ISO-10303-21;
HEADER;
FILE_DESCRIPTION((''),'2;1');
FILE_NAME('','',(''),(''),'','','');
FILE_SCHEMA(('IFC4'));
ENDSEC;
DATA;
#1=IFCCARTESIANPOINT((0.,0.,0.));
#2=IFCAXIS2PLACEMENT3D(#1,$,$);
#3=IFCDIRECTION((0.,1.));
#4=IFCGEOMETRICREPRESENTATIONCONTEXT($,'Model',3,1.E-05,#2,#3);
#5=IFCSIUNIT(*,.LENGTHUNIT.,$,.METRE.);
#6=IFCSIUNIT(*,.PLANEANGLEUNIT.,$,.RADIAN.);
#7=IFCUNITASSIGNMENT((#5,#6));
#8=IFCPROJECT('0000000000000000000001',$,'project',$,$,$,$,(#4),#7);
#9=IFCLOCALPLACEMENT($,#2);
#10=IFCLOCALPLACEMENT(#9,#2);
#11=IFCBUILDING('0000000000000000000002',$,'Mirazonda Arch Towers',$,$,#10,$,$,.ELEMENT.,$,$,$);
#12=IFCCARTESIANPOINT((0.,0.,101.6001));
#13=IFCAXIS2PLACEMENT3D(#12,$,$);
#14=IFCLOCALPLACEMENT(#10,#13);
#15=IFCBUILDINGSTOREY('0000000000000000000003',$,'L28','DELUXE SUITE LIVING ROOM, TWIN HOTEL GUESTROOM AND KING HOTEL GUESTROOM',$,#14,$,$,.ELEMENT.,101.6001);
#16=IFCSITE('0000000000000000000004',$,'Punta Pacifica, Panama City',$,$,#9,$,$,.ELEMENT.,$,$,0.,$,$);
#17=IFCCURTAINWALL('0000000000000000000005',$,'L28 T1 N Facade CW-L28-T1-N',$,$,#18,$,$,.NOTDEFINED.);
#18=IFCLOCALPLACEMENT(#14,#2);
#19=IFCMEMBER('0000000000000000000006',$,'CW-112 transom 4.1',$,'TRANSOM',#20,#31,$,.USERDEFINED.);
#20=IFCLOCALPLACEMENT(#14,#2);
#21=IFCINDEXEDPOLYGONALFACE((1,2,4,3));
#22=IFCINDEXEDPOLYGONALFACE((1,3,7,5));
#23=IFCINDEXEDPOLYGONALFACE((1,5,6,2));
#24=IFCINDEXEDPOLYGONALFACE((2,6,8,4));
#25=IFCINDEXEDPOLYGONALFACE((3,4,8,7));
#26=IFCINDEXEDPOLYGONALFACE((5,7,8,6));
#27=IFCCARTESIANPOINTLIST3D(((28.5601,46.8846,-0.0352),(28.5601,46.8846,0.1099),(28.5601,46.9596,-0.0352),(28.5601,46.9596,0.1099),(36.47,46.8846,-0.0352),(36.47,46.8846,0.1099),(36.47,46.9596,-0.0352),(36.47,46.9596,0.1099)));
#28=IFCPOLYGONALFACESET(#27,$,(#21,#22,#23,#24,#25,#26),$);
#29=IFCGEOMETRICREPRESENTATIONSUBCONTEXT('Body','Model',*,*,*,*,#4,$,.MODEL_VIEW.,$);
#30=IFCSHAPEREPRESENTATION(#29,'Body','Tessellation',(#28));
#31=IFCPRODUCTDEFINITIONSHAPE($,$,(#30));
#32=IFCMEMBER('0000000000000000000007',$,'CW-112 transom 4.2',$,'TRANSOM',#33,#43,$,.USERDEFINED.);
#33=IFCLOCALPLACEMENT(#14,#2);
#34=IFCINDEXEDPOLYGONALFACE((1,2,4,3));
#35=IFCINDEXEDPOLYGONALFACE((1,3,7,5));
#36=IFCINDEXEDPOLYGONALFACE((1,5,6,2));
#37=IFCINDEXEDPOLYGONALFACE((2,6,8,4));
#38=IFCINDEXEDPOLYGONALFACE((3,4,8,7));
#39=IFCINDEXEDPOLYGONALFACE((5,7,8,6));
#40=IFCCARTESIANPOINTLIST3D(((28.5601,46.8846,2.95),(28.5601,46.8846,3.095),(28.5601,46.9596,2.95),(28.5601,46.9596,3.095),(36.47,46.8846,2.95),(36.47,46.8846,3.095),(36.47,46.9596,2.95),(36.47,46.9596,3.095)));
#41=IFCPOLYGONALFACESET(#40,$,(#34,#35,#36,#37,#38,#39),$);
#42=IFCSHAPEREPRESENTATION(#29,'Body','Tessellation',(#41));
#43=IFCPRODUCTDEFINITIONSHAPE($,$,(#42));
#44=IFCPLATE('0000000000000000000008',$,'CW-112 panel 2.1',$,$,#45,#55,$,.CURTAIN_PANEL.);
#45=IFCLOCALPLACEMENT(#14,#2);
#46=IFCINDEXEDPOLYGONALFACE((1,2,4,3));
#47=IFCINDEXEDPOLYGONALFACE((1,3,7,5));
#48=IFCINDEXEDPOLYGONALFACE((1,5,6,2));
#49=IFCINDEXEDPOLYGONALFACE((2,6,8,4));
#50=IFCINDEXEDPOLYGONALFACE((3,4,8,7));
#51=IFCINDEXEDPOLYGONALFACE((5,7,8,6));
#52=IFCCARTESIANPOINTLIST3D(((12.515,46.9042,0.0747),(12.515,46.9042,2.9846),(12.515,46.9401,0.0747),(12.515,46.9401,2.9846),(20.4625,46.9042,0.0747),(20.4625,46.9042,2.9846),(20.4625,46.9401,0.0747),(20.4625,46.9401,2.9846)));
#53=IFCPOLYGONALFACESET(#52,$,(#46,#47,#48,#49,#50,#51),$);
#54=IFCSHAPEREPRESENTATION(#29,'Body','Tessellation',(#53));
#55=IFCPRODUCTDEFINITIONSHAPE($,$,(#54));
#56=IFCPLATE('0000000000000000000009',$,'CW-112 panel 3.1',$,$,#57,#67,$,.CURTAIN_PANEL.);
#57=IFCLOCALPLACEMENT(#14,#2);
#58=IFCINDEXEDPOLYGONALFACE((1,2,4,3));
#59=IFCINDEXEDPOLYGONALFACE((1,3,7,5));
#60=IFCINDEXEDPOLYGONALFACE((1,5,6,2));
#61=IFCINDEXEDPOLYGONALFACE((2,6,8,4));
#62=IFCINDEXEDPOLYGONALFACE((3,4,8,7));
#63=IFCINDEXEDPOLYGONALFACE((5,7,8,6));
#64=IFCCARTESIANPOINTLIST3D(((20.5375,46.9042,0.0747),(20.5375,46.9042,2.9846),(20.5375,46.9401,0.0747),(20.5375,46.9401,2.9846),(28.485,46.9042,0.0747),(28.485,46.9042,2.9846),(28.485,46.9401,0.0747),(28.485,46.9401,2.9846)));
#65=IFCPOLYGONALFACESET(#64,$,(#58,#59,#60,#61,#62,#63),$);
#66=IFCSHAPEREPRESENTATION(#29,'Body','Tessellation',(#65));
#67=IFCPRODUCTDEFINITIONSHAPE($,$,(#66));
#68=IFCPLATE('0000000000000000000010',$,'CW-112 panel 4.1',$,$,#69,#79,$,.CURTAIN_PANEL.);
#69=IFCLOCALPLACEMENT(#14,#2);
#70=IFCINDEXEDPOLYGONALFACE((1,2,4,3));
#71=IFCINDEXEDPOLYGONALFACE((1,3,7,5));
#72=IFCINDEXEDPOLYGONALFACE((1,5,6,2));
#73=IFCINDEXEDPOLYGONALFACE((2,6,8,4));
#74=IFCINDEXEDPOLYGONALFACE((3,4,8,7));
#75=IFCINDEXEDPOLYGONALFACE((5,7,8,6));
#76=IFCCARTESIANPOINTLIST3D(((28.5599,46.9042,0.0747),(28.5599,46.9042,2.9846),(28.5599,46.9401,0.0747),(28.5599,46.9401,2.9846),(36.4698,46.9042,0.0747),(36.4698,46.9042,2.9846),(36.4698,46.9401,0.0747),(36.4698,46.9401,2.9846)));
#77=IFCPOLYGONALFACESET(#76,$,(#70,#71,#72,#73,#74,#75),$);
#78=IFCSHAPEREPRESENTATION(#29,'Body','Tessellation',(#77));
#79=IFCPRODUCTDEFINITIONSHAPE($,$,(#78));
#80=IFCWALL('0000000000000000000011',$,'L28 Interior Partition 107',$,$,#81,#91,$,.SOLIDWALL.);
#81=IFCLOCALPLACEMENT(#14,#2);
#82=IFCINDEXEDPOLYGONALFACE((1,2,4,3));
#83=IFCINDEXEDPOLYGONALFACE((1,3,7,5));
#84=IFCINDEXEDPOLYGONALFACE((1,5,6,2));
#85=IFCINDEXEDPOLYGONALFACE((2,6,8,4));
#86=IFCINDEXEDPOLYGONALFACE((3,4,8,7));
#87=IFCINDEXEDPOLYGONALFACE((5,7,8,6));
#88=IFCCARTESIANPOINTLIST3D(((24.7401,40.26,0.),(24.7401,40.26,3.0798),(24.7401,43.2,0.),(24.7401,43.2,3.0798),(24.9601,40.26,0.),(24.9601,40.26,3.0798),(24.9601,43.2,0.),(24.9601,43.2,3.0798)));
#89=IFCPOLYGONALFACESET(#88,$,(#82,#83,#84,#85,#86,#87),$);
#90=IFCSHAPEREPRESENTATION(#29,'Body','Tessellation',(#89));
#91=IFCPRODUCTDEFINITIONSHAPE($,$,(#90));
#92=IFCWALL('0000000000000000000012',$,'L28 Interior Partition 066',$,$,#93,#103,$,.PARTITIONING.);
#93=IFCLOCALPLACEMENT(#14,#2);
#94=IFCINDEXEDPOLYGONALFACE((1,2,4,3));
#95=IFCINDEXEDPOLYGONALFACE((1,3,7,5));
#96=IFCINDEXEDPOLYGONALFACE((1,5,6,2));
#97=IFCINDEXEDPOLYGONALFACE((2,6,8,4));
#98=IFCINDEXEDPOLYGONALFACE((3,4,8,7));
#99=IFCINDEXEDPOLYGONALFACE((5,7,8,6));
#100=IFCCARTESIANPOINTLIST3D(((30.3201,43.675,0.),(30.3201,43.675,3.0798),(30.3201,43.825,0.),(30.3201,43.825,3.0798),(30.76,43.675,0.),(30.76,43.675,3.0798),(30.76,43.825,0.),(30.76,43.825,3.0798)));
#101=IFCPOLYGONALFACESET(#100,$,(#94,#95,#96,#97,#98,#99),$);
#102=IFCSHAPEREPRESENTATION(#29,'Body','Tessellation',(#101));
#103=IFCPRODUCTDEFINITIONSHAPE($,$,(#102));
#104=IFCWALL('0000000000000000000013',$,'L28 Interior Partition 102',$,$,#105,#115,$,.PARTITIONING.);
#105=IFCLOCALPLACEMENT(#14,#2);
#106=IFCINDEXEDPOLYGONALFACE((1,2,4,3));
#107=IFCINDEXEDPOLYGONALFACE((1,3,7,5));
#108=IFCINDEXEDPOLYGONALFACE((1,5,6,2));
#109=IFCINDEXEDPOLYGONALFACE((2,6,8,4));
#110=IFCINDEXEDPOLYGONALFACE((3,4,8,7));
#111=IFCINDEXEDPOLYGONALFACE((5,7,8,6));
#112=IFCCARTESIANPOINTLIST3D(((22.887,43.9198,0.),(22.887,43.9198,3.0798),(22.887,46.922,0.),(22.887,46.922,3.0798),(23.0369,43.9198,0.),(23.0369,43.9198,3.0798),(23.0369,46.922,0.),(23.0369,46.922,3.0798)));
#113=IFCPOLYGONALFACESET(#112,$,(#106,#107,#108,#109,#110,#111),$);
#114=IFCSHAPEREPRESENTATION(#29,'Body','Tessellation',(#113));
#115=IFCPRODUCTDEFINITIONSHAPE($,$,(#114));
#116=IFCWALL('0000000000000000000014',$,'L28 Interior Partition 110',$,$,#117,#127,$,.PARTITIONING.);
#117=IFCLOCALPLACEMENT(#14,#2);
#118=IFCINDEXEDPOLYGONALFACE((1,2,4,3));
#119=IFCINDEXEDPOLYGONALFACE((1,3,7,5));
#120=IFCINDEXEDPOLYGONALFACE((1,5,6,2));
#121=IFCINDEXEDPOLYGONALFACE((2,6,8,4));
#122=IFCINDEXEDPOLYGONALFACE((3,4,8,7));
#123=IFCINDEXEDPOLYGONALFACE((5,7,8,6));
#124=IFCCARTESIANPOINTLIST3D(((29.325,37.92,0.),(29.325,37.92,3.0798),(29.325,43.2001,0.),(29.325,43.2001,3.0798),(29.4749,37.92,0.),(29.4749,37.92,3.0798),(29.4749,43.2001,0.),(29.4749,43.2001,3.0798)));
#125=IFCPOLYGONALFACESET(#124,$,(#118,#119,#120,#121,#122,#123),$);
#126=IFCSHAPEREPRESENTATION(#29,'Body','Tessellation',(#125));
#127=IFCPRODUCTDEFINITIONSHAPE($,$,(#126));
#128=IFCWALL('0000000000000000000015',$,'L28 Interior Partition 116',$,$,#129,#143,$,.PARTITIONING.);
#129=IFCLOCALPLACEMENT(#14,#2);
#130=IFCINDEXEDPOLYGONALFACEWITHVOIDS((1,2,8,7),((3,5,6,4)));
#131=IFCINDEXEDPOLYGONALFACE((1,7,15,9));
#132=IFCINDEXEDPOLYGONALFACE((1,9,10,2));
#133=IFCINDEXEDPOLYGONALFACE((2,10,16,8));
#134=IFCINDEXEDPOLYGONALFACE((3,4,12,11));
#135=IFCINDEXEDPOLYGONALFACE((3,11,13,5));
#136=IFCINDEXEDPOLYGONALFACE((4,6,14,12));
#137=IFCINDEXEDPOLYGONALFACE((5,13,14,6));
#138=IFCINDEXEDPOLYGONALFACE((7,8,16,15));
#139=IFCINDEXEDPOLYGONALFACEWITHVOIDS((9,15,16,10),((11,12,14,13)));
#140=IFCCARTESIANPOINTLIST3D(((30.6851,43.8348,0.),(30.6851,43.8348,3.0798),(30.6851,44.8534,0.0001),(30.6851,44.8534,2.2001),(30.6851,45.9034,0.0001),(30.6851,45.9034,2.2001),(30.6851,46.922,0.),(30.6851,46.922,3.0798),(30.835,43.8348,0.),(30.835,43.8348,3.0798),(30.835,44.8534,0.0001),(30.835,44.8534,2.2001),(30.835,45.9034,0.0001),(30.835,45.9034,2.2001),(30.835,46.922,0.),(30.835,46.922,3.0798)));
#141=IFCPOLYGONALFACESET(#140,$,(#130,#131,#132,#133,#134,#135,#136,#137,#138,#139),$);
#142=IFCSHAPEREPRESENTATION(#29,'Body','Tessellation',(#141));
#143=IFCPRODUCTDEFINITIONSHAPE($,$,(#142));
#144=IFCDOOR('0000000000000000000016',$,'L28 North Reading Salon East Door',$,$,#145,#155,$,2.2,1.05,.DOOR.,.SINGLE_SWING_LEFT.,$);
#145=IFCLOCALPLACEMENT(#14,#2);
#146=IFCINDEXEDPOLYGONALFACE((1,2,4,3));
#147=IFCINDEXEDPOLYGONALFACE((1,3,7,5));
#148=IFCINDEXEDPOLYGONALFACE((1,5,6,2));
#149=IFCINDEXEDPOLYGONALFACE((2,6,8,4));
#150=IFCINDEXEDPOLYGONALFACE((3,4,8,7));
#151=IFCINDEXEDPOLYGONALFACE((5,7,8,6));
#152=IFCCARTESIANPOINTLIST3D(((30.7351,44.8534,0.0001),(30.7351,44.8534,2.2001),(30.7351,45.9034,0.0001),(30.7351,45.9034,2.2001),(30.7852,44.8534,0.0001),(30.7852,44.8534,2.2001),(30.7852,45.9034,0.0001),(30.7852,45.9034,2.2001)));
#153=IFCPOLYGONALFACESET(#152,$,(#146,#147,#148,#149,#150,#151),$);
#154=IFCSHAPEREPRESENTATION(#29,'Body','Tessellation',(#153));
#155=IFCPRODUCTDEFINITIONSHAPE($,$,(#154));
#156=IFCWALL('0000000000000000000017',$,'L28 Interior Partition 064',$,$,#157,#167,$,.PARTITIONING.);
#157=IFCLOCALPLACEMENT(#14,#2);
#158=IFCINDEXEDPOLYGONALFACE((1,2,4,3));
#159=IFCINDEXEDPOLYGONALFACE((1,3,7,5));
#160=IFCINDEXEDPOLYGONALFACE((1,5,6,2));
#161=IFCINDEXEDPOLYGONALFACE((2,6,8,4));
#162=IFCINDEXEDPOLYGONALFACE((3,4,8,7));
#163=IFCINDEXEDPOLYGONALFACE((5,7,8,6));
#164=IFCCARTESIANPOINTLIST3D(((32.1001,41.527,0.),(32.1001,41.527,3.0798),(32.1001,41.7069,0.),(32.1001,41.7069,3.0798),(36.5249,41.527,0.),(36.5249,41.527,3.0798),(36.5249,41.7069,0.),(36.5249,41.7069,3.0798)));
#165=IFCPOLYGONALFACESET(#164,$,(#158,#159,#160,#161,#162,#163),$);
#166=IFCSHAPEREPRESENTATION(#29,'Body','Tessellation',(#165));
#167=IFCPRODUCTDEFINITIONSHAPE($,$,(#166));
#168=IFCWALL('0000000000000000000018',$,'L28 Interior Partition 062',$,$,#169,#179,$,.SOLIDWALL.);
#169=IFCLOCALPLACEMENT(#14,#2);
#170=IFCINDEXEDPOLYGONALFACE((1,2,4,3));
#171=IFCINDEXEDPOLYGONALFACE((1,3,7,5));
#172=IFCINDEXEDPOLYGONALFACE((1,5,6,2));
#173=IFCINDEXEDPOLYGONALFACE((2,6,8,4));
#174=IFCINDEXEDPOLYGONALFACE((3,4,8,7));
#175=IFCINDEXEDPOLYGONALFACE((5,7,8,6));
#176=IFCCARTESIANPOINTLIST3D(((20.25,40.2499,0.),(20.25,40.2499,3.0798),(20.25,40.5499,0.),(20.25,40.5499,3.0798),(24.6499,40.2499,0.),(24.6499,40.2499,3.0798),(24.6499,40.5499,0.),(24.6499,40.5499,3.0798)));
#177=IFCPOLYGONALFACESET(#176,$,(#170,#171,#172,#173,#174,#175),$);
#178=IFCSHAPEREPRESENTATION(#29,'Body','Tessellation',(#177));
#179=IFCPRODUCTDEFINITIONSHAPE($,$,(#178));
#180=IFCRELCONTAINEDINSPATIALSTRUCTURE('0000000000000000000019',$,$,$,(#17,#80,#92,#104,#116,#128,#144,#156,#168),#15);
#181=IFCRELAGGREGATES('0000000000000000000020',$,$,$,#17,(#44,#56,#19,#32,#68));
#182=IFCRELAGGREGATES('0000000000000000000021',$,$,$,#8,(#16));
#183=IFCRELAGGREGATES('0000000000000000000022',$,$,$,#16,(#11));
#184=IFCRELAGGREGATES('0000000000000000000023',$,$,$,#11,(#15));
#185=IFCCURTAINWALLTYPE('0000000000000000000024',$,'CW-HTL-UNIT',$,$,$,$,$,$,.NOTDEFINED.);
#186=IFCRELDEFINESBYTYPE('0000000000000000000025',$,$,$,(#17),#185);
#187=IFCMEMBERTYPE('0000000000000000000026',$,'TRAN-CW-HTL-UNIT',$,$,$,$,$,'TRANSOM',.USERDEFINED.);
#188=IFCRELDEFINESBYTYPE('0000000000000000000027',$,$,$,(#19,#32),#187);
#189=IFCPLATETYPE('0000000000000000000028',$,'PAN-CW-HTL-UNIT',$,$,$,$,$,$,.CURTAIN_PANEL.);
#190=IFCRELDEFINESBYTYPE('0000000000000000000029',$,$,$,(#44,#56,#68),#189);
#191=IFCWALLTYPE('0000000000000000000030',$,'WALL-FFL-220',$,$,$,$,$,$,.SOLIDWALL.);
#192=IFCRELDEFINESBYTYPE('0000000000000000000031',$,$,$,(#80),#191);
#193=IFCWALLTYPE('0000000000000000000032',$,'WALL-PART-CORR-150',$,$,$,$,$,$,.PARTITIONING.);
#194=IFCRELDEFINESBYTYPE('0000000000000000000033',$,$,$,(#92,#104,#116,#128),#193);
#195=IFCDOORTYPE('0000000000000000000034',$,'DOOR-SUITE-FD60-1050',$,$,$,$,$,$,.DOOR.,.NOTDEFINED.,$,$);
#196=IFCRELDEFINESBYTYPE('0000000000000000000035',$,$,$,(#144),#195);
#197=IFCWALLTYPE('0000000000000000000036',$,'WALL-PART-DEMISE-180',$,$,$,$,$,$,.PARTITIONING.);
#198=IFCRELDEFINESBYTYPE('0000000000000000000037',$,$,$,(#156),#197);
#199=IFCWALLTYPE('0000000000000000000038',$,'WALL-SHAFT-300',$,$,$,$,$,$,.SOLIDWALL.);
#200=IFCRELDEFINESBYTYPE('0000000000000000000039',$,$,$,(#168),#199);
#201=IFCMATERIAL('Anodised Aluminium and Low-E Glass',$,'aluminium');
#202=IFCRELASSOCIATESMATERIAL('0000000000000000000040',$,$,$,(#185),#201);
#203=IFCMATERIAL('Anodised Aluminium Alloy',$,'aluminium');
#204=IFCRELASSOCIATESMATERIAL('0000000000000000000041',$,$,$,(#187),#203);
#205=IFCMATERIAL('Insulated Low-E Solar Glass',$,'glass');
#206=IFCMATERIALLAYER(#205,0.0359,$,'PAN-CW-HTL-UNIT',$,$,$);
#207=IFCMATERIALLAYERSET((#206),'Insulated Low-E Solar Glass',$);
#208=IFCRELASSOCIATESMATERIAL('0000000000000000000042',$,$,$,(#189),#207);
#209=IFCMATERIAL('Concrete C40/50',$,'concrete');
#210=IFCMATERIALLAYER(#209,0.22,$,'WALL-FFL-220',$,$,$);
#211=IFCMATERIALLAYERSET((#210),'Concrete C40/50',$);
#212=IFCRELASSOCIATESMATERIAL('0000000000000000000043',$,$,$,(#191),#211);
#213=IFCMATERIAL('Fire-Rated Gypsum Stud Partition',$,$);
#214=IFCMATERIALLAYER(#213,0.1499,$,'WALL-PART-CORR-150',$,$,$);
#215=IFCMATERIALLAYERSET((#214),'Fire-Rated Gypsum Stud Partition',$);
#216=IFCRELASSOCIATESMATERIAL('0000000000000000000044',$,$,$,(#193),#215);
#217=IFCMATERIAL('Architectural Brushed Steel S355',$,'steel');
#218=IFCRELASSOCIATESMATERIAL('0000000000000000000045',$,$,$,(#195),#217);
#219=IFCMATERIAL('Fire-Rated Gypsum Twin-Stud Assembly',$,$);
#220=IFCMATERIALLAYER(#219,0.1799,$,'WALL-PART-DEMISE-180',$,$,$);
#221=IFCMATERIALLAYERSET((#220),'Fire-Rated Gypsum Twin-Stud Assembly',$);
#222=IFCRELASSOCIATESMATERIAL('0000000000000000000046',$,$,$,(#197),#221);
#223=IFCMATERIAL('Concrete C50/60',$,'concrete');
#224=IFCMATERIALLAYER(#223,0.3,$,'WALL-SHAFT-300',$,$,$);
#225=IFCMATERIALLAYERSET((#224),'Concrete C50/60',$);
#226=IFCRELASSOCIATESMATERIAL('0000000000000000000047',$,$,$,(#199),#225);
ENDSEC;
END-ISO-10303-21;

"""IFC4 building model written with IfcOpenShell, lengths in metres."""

from ifc_helpers import new_model, si_unit, direction, frame, frame_2d, origin, origin_2d, place, context, subcontext, project, spatial, rectangle, extrude, material, layer, layer_set, material_profile, profile_set, type_object, element, fill, aggregate, save


model = new_model("IFC4")

# Units and contexts
model_context = context("Model", 3, precision=1e-05, world=origin(), true_north=direction((0.0, 1.0)))
body_context = subcontext(model_context, "Body", "Model", "MODEL_VIEW")
ifc_project = project(units=[si_unit("LENGTHUNIT", "METRE"), si_unit("PLANEANGLEUNIT", "RADIAN")], contexts=[model_context])

# Site, building, storey
site_placement = place(None, origin())
site = spatial("IfcSite", under=ifc_project, at=site_placement, Name="Punta Pacifica, Panama City", CompositionType="ELEMENT", RefElevation=0.0)
building_placement = place(site_placement, origin())
building = spatial("IfcBuilding", under=site, at=building_placement, Name="Mirazonda Arch Towers", CompositionType="ELEMENT")
storey_placement = place(building_placement, frame((0.0, 0.0, 101.6001)))
storey = spatial("IfcBuildingStorey", under=building, at=storey_placement, Name="L28", Description="DELUXE SUITE LIVING ROOM, TWIN HOTEL GUESTROOM AND KING HOTEL GUESTROOM", CompositionType="ELEMENT", Elevation=101.6001)

# Shared definitions
ifc_material_1 = material(Name="Concrete C50/60", Category="concrete")

# Curtain wall, members, plates
ifc_material_2 = material(Name="Anodised Aluminium and Low-E Glass", Category="aluminium")
curtain_wall_type = type_object("IfcCurtainWallType", Name="CW-HTL-UNIT", PredefinedType="NOTDEFINED", material=ifc_material_2)
curtain_wall_placement = place(storey_placement, origin())
curtain_wall = element("IfcCurtainWall", 1, at=curtain_wall_placement, inside=storey, type_object=curtain_wall_type, Name="L28 T1 N Facade CW-L28-T1-N", PredefinedType="NOTDEFINED")
ifc_material_3 = material(Name="Anodised Aluminium Alloy", Category="aluminium")
ifc_material_profile_1 = material_profile(ifc_material_3, rectangle(XDim=0.075, YDim=0.145, at=origin_2d()), Name="ALU-TRAN-75x145")
ifc_profile_set_1 = profile_set([ifc_material_profile_1], Name="Anodised Aluminium Alloy")
member_type_1 = type_object("IfcMemberType", Name="TRAN-CW-HTL-UNIT", ElementType="TRANSOM", PredefinedType="USERDEFINED", material=ifc_profile_set_1)
member_1_placement = place(storey_placement, frame((28.5601, 46.9221, 0.0374), z_axis=(1.0, 0.0, 0.0), x_axis=(0.0, 1.0, 0.0)))
member_1 = element("IfcMember", 2, at=member_1_placement, type_object=member_type_1, Name="CW-112 transom 4.1", ObjectType="TRANSOM", PredefinedType="USERDEFINED", context=body_context, shape_type="SweptSolid", body=[
    extrude(rectangle(XDim=0.075, YDim=0.145, at=origin_2d()), origin(), (0.0, 0.0, 1.0), 7.9099),
])
member_2_placement = place(storey_placement, frame((28.5601, 46.9221, 3.0225), z_axis=(1.0, 0.0, 0.0), x_axis=(0.0, 1.0, 0.0)))
member_2 = element("IfcMember", 3, at=member_2_placement, type_object=member_type_1, Name="CW-112 transom 4.2", ObjectType="TRANSOM", PredefinedType="USERDEFINED", context=body_context, shape_type="SweptSolid", body=[
    extrude(rectangle(XDim=0.075, YDim=0.145, at=origin_2d()), origin(), (0.0, 0.0, 1.0), 7.9099),
])
ifc_material_4 = material(Name="Insulated Low-E Solar Glass", Category="glass")
ifc_layer_1 = layer(ifc_material_4, 0.0359, Name="PAN-CW-HTL-UNIT")
ifc_layer_set_1 = layer_set([ifc_layer_1], Name="Insulated Low-E Solar Glass")
plate_type = type_object("IfcPlateType", Name="PAN-CW-HTL-UNIT", PredefinedType="CURTAIN_PANEL", material=ifc_layer_set_1)
plate_1_placement = place(storey_placement, frame((16.4888, 46.9221, 0.0747), z_axis=(0.0, 0.0, 1.0), x_axis=(1.0, 0.0, 0.0)))
plate_1 = element("IfcPlate", 4, at=plate_1_placement, type_object=plate_type, Name="CW-112 panel 2.1", PredefinedType="CURTAIN_PANEL", context=body_context, shape_type="SweptSolid", body=[
    extrude(rectangle(XDim=7.9475, YDim=0.0359, at=origin_2d()), origin(), (0.0, 0.0, 1.0), 2.9099),
])
plate_2_placement = place(storey_placement, frame((24.5112, 46.9221, 0.0747), z_axis=(0.0, 0.0, 1.0), x_axis=(1.0, 0.0, 0.0)))
plate_2 = element("IfcPlate", 5, at=plate_2_placement, type_object=plate_type, Name="CW-112 panel 3.1", PredefinedType="CURTAIN_PANEL", context=body_context, shape_type="SweptSolid", body=[
    extrude(rectangle(XDim=7.9475, YDim=0.0359, at=origin_2d()), origin(), (0.0, 0.0, 1.0), 2.9099),
])
plate_3_placement = place(storey_placement, frame((32.5149, 46.9221, 0.0747), z_axis=(0.0, 0.0, 1.0), x_axis=(1.0, 0.0, 0.0)))
plate_3 = element("IfcPlate", 6, at=plate_3_placement, type_object=plate_type, Name="CW-112 panel 4.1", PredefinedType="CURTAIN_PANEL", context=body_context, shape_type="SweptSolid", body=[
    extrude(rectangle(XDim=7.9099, YDim=0.0359, at=origin_2d()), origin(), (0.0, 0.0, 1.0), 2.9099),
])
aggregate(curtain_wall, [plate_1, plate_2, member_1, member_2, plate_3])

# Walls
ifc_material_5 = material(Name="Concrete C40/50", Category="concrete")
ifc_layer_2 = layer(ifc_material_5, 0.22, Name="WALL-FFL-220")
ifc_layer_set_2 = layer_set([ifc_layer_2], Name="Concrete C40/50")
wall_type_1 = type_object("IfcWallType", Name="WALL-FFL-220", PredefinedType="SOLIDWALL", material=ifc_layer_set_2)
wall_1_placement = place(storey_placement, frame((24.8501, 40.26, 0.0), z_axis=(0.0, 0.0, 1.0), x_axis=(0.0, 1.0, 0.0)))
element("IfcWall", 7, at=wall_1_placement, inside=storey, type_object=wall_type_1, Name="L28 Interior Partition 107", PredefinedType="SOLIDWALL", context=body_context, shape_type="SweptSolid", body=[
    extrude(rectangle(XDim=2.9399, YDim=0.22, at=frame_2d((1.47, 0.0))), origin(), (0.0, 0.0, 1.0), 3.0798),
])
ifc_material_6 = material(Name="Fire-Rated Gypsum Stud Partition")
ifc_layer_3 = layer(ifc_material_6, 0.1499, Name="WALL-PART-CORR-150")
ifc_layer_set_3 = layer_set([ifc_layer_3], Name="Fire-Rated Gypsum Stud Partition")
wall_type_2 = type_object("IfcWallType", Name="WALL-PART-CORR-150", PredefinedType="PARTITIONING", material=ifc_layer_set_3)
wall_2_placement = place(storey_placement, frame((30.3201, 43.75, 0.0), z_axis=(0.0, 0.0, 1.0), x_axis=(1.0, 0.0, 0.0)))
element("IfcWall", 8, at=wall_2_placement, inside=storey, type_object=wall_type_2, Name="L28 Interior Partition 066", PredefinedType="PARTITIONING", context=body_context, shape_type="SweptSolid", body=[
    extrude(rectangle(XDim=0.4399, YDim=0.1499, at=frame_2d((0.22, 0.0))), origin(), (0.0, 0.0, 1.0), 3.0798),
])
wall_3_placement = place(storey_placement, frame((22.9619, 43.9199, 0.0), z_axis=(0.0, 0.0, 1.0), x_axis=(0.0, 1.0, 0.0)))
element("IfcWall", 9, at=wall_3_placement, inside=storey, type_object=wall_type_2, Name="L28 Interior Partition 102", PredefinedType="PARTITIONING", context=body_context, shape_type="SweptSolid", body=[
    extrude(rectangle(XDim=3.0022, YDim=0.1499, at=frame_2d((1.501, 0.0))), origin(), (0.0, 0.0, 1.0), 3.0798),
])
wall_4_placement = place(storey_placement, frame((29.3999, 37.9199, 0.0), z_axis=(0.0, 0.0, 1.0), x_axis=(0.0, 1.0, 0.0)))
element("IfcWall", 10, at=wall_4_placement, inside=storey, type_object=wall_type_2, Name="L28 Interior Partition 110", PredefinedType="PARTITIONING", context=body_context, shape_type="SweptSolid", body=[
    extrude(rectangle(XDim=5.28, YDim=0.1499, at=frame_2d((2.6401, 0.0))), origin(), (0.0, 0.0, 1.0), 3.0798),
])

# Wall, opening, door
wall_5_placement = place(storey_placement, frame((30.76, 43.835, 0.0), z_axis=(0.0, 0.0, 1.0), x_axis=(0.0, 1.0, 0.0)))
wall_5 = element("IfcWall", 11, at=wall_5_placement, inside=storey, type_object=wall_type_2, Name="L28 Interior Partition 116", PredefinedType="PARTITIONING", context=body_context, shape_type="SweptSolid", body=[
    extrude(rectangle(XDim=3.0872, YDim=0.1499, at=frame_2d((1.5435, 0.0))), origin(), (0.0, 0.0, 1.0), 3.0798),
])
opening_1_placement = place(wall_5_placement, frame((1.0186, 0.0, 0.0)))
opening_1 = element("IfcOpeningElement", 12, at=opening_1_placement, cuts=wall_5, PredefinedType="OPENING", context=body_context, shape_type="SweptSolid", body=[
    extrude(rectangle(XDim=1.05, YDim=2.2, at=frame_2d((0.5249, 1.1001))), frame((0.0, 0.085, 0.0), z_axis=(0.0, -1.0, 0.0), x_axis=(1.0, 0.0, 0.0)), (0.0, 0.0, 1.0), 0.1699),
])
ifc_material_7 = material(Name="Architectural Brushed Steel S355", Category="steel")
door_type_1 = type_object("IfcDoorType", Name="DOOR-SUITE-FD60-1050", OperationType="NOTDEFINED", PredefinedType="DOOR", material=ifc_material_7)
door_1_placement = place(opening_1_placement, origin())
door_1 = element("IfcDoor", 13, at=door_1_placement, inside=storey, type_object=door_type_1, Name="L28 North Reading Salon East Door", OperationType="SINGLE_SWING_LEFT", OverallHeight=2.2, OverallWidth=1.05, PredefinedType="DOOR", context=body_context, shape_type="SweptSolid", body=[
    extrude(rectangle(XDim=1.05, YDim=2.2, at=frame_2d((0.5249, 1.1001))), frame((0.0, 0.0249, 0.0), z_axis=(0.0, -1.0, 0.0), x_axis=(1.0, 0.0, 0.0)), (0.0, 0.0, 1.0), 0.05),
])
fill(opening_1, door_1)

# Wall
ifc_material_8 = material(Name="Fire-Rated Gypsum Twin-Stud Assembly")
ifc_layer_4 = layer(ifc_material_8, 0.1799, Name="WALL-PART-DEMISE-180")
ifc_layer_set_4 = layer_set([ifc_layer_4], Name="Fire-Rated Gypsum Twin-Stud Assembly")
wall_type_3 = type_object("IfcWallType", Name="WALL-PART-DEMISE-180", PredefinedType="PARTITIONING", material=ifc_layer_set_4)
wall_6_placement = place(storey_placement, frame((32.1001, 41.6169, 0.0), z_axis=(0.0, 0.0, 1.0), x_axis=(1.0, 0.0, 0.0)))
element("IfcWall", 14, at=wall_6_placement, inside=storey, type_object=wall_type_3, Name="L28 Interior Partition 064", PredefinedType="PARTITIONING", context=body_context, shape_type="SweptSolid", body=[
    extrude(rectangle(XDim=4.4248, YDim=0.1799, at=frame_2d((2.2124, 0.0))), origin(), (0.0, 0.0, 1.0), 3.0798),
])

# Wall
ifc_layer_5 = layer(ifc_material_1, 0.3, Name="WALL-SHAFT-300")
ifc_layer_set_5 = layer_set([ifc_layer_5], Name="Concrete C50/60")
wall_type_4 = type_object("IfcWallType", Name="WALL-SHAFT-300", PredefinedType="SOLIDWALL", material=ifc_layer_set_5)
wall_7_placement = place(storey_placement, frame((20.25, 40.3999, 0.0), z_axis=(0.0, 0.0, 1.0), x_axis=(1.0, 0.0, 0.0)))
element("IfcWall", 15, at=wall_7_placement, inside=storey, type_object=wall_type_4, Name="L28 Interior Partition 062", PredefinedType="SOLIDWALL", context=body_context, shape_type="SweptSolid", body=[
    extrude(rectangle(XDim=4.3999, YDim=0.3, at=frame_2d((2.2, 0.0))), origin(), (0.0, 0.0, 1.0), 3.0798),
])

save(model, "model.ifc")
